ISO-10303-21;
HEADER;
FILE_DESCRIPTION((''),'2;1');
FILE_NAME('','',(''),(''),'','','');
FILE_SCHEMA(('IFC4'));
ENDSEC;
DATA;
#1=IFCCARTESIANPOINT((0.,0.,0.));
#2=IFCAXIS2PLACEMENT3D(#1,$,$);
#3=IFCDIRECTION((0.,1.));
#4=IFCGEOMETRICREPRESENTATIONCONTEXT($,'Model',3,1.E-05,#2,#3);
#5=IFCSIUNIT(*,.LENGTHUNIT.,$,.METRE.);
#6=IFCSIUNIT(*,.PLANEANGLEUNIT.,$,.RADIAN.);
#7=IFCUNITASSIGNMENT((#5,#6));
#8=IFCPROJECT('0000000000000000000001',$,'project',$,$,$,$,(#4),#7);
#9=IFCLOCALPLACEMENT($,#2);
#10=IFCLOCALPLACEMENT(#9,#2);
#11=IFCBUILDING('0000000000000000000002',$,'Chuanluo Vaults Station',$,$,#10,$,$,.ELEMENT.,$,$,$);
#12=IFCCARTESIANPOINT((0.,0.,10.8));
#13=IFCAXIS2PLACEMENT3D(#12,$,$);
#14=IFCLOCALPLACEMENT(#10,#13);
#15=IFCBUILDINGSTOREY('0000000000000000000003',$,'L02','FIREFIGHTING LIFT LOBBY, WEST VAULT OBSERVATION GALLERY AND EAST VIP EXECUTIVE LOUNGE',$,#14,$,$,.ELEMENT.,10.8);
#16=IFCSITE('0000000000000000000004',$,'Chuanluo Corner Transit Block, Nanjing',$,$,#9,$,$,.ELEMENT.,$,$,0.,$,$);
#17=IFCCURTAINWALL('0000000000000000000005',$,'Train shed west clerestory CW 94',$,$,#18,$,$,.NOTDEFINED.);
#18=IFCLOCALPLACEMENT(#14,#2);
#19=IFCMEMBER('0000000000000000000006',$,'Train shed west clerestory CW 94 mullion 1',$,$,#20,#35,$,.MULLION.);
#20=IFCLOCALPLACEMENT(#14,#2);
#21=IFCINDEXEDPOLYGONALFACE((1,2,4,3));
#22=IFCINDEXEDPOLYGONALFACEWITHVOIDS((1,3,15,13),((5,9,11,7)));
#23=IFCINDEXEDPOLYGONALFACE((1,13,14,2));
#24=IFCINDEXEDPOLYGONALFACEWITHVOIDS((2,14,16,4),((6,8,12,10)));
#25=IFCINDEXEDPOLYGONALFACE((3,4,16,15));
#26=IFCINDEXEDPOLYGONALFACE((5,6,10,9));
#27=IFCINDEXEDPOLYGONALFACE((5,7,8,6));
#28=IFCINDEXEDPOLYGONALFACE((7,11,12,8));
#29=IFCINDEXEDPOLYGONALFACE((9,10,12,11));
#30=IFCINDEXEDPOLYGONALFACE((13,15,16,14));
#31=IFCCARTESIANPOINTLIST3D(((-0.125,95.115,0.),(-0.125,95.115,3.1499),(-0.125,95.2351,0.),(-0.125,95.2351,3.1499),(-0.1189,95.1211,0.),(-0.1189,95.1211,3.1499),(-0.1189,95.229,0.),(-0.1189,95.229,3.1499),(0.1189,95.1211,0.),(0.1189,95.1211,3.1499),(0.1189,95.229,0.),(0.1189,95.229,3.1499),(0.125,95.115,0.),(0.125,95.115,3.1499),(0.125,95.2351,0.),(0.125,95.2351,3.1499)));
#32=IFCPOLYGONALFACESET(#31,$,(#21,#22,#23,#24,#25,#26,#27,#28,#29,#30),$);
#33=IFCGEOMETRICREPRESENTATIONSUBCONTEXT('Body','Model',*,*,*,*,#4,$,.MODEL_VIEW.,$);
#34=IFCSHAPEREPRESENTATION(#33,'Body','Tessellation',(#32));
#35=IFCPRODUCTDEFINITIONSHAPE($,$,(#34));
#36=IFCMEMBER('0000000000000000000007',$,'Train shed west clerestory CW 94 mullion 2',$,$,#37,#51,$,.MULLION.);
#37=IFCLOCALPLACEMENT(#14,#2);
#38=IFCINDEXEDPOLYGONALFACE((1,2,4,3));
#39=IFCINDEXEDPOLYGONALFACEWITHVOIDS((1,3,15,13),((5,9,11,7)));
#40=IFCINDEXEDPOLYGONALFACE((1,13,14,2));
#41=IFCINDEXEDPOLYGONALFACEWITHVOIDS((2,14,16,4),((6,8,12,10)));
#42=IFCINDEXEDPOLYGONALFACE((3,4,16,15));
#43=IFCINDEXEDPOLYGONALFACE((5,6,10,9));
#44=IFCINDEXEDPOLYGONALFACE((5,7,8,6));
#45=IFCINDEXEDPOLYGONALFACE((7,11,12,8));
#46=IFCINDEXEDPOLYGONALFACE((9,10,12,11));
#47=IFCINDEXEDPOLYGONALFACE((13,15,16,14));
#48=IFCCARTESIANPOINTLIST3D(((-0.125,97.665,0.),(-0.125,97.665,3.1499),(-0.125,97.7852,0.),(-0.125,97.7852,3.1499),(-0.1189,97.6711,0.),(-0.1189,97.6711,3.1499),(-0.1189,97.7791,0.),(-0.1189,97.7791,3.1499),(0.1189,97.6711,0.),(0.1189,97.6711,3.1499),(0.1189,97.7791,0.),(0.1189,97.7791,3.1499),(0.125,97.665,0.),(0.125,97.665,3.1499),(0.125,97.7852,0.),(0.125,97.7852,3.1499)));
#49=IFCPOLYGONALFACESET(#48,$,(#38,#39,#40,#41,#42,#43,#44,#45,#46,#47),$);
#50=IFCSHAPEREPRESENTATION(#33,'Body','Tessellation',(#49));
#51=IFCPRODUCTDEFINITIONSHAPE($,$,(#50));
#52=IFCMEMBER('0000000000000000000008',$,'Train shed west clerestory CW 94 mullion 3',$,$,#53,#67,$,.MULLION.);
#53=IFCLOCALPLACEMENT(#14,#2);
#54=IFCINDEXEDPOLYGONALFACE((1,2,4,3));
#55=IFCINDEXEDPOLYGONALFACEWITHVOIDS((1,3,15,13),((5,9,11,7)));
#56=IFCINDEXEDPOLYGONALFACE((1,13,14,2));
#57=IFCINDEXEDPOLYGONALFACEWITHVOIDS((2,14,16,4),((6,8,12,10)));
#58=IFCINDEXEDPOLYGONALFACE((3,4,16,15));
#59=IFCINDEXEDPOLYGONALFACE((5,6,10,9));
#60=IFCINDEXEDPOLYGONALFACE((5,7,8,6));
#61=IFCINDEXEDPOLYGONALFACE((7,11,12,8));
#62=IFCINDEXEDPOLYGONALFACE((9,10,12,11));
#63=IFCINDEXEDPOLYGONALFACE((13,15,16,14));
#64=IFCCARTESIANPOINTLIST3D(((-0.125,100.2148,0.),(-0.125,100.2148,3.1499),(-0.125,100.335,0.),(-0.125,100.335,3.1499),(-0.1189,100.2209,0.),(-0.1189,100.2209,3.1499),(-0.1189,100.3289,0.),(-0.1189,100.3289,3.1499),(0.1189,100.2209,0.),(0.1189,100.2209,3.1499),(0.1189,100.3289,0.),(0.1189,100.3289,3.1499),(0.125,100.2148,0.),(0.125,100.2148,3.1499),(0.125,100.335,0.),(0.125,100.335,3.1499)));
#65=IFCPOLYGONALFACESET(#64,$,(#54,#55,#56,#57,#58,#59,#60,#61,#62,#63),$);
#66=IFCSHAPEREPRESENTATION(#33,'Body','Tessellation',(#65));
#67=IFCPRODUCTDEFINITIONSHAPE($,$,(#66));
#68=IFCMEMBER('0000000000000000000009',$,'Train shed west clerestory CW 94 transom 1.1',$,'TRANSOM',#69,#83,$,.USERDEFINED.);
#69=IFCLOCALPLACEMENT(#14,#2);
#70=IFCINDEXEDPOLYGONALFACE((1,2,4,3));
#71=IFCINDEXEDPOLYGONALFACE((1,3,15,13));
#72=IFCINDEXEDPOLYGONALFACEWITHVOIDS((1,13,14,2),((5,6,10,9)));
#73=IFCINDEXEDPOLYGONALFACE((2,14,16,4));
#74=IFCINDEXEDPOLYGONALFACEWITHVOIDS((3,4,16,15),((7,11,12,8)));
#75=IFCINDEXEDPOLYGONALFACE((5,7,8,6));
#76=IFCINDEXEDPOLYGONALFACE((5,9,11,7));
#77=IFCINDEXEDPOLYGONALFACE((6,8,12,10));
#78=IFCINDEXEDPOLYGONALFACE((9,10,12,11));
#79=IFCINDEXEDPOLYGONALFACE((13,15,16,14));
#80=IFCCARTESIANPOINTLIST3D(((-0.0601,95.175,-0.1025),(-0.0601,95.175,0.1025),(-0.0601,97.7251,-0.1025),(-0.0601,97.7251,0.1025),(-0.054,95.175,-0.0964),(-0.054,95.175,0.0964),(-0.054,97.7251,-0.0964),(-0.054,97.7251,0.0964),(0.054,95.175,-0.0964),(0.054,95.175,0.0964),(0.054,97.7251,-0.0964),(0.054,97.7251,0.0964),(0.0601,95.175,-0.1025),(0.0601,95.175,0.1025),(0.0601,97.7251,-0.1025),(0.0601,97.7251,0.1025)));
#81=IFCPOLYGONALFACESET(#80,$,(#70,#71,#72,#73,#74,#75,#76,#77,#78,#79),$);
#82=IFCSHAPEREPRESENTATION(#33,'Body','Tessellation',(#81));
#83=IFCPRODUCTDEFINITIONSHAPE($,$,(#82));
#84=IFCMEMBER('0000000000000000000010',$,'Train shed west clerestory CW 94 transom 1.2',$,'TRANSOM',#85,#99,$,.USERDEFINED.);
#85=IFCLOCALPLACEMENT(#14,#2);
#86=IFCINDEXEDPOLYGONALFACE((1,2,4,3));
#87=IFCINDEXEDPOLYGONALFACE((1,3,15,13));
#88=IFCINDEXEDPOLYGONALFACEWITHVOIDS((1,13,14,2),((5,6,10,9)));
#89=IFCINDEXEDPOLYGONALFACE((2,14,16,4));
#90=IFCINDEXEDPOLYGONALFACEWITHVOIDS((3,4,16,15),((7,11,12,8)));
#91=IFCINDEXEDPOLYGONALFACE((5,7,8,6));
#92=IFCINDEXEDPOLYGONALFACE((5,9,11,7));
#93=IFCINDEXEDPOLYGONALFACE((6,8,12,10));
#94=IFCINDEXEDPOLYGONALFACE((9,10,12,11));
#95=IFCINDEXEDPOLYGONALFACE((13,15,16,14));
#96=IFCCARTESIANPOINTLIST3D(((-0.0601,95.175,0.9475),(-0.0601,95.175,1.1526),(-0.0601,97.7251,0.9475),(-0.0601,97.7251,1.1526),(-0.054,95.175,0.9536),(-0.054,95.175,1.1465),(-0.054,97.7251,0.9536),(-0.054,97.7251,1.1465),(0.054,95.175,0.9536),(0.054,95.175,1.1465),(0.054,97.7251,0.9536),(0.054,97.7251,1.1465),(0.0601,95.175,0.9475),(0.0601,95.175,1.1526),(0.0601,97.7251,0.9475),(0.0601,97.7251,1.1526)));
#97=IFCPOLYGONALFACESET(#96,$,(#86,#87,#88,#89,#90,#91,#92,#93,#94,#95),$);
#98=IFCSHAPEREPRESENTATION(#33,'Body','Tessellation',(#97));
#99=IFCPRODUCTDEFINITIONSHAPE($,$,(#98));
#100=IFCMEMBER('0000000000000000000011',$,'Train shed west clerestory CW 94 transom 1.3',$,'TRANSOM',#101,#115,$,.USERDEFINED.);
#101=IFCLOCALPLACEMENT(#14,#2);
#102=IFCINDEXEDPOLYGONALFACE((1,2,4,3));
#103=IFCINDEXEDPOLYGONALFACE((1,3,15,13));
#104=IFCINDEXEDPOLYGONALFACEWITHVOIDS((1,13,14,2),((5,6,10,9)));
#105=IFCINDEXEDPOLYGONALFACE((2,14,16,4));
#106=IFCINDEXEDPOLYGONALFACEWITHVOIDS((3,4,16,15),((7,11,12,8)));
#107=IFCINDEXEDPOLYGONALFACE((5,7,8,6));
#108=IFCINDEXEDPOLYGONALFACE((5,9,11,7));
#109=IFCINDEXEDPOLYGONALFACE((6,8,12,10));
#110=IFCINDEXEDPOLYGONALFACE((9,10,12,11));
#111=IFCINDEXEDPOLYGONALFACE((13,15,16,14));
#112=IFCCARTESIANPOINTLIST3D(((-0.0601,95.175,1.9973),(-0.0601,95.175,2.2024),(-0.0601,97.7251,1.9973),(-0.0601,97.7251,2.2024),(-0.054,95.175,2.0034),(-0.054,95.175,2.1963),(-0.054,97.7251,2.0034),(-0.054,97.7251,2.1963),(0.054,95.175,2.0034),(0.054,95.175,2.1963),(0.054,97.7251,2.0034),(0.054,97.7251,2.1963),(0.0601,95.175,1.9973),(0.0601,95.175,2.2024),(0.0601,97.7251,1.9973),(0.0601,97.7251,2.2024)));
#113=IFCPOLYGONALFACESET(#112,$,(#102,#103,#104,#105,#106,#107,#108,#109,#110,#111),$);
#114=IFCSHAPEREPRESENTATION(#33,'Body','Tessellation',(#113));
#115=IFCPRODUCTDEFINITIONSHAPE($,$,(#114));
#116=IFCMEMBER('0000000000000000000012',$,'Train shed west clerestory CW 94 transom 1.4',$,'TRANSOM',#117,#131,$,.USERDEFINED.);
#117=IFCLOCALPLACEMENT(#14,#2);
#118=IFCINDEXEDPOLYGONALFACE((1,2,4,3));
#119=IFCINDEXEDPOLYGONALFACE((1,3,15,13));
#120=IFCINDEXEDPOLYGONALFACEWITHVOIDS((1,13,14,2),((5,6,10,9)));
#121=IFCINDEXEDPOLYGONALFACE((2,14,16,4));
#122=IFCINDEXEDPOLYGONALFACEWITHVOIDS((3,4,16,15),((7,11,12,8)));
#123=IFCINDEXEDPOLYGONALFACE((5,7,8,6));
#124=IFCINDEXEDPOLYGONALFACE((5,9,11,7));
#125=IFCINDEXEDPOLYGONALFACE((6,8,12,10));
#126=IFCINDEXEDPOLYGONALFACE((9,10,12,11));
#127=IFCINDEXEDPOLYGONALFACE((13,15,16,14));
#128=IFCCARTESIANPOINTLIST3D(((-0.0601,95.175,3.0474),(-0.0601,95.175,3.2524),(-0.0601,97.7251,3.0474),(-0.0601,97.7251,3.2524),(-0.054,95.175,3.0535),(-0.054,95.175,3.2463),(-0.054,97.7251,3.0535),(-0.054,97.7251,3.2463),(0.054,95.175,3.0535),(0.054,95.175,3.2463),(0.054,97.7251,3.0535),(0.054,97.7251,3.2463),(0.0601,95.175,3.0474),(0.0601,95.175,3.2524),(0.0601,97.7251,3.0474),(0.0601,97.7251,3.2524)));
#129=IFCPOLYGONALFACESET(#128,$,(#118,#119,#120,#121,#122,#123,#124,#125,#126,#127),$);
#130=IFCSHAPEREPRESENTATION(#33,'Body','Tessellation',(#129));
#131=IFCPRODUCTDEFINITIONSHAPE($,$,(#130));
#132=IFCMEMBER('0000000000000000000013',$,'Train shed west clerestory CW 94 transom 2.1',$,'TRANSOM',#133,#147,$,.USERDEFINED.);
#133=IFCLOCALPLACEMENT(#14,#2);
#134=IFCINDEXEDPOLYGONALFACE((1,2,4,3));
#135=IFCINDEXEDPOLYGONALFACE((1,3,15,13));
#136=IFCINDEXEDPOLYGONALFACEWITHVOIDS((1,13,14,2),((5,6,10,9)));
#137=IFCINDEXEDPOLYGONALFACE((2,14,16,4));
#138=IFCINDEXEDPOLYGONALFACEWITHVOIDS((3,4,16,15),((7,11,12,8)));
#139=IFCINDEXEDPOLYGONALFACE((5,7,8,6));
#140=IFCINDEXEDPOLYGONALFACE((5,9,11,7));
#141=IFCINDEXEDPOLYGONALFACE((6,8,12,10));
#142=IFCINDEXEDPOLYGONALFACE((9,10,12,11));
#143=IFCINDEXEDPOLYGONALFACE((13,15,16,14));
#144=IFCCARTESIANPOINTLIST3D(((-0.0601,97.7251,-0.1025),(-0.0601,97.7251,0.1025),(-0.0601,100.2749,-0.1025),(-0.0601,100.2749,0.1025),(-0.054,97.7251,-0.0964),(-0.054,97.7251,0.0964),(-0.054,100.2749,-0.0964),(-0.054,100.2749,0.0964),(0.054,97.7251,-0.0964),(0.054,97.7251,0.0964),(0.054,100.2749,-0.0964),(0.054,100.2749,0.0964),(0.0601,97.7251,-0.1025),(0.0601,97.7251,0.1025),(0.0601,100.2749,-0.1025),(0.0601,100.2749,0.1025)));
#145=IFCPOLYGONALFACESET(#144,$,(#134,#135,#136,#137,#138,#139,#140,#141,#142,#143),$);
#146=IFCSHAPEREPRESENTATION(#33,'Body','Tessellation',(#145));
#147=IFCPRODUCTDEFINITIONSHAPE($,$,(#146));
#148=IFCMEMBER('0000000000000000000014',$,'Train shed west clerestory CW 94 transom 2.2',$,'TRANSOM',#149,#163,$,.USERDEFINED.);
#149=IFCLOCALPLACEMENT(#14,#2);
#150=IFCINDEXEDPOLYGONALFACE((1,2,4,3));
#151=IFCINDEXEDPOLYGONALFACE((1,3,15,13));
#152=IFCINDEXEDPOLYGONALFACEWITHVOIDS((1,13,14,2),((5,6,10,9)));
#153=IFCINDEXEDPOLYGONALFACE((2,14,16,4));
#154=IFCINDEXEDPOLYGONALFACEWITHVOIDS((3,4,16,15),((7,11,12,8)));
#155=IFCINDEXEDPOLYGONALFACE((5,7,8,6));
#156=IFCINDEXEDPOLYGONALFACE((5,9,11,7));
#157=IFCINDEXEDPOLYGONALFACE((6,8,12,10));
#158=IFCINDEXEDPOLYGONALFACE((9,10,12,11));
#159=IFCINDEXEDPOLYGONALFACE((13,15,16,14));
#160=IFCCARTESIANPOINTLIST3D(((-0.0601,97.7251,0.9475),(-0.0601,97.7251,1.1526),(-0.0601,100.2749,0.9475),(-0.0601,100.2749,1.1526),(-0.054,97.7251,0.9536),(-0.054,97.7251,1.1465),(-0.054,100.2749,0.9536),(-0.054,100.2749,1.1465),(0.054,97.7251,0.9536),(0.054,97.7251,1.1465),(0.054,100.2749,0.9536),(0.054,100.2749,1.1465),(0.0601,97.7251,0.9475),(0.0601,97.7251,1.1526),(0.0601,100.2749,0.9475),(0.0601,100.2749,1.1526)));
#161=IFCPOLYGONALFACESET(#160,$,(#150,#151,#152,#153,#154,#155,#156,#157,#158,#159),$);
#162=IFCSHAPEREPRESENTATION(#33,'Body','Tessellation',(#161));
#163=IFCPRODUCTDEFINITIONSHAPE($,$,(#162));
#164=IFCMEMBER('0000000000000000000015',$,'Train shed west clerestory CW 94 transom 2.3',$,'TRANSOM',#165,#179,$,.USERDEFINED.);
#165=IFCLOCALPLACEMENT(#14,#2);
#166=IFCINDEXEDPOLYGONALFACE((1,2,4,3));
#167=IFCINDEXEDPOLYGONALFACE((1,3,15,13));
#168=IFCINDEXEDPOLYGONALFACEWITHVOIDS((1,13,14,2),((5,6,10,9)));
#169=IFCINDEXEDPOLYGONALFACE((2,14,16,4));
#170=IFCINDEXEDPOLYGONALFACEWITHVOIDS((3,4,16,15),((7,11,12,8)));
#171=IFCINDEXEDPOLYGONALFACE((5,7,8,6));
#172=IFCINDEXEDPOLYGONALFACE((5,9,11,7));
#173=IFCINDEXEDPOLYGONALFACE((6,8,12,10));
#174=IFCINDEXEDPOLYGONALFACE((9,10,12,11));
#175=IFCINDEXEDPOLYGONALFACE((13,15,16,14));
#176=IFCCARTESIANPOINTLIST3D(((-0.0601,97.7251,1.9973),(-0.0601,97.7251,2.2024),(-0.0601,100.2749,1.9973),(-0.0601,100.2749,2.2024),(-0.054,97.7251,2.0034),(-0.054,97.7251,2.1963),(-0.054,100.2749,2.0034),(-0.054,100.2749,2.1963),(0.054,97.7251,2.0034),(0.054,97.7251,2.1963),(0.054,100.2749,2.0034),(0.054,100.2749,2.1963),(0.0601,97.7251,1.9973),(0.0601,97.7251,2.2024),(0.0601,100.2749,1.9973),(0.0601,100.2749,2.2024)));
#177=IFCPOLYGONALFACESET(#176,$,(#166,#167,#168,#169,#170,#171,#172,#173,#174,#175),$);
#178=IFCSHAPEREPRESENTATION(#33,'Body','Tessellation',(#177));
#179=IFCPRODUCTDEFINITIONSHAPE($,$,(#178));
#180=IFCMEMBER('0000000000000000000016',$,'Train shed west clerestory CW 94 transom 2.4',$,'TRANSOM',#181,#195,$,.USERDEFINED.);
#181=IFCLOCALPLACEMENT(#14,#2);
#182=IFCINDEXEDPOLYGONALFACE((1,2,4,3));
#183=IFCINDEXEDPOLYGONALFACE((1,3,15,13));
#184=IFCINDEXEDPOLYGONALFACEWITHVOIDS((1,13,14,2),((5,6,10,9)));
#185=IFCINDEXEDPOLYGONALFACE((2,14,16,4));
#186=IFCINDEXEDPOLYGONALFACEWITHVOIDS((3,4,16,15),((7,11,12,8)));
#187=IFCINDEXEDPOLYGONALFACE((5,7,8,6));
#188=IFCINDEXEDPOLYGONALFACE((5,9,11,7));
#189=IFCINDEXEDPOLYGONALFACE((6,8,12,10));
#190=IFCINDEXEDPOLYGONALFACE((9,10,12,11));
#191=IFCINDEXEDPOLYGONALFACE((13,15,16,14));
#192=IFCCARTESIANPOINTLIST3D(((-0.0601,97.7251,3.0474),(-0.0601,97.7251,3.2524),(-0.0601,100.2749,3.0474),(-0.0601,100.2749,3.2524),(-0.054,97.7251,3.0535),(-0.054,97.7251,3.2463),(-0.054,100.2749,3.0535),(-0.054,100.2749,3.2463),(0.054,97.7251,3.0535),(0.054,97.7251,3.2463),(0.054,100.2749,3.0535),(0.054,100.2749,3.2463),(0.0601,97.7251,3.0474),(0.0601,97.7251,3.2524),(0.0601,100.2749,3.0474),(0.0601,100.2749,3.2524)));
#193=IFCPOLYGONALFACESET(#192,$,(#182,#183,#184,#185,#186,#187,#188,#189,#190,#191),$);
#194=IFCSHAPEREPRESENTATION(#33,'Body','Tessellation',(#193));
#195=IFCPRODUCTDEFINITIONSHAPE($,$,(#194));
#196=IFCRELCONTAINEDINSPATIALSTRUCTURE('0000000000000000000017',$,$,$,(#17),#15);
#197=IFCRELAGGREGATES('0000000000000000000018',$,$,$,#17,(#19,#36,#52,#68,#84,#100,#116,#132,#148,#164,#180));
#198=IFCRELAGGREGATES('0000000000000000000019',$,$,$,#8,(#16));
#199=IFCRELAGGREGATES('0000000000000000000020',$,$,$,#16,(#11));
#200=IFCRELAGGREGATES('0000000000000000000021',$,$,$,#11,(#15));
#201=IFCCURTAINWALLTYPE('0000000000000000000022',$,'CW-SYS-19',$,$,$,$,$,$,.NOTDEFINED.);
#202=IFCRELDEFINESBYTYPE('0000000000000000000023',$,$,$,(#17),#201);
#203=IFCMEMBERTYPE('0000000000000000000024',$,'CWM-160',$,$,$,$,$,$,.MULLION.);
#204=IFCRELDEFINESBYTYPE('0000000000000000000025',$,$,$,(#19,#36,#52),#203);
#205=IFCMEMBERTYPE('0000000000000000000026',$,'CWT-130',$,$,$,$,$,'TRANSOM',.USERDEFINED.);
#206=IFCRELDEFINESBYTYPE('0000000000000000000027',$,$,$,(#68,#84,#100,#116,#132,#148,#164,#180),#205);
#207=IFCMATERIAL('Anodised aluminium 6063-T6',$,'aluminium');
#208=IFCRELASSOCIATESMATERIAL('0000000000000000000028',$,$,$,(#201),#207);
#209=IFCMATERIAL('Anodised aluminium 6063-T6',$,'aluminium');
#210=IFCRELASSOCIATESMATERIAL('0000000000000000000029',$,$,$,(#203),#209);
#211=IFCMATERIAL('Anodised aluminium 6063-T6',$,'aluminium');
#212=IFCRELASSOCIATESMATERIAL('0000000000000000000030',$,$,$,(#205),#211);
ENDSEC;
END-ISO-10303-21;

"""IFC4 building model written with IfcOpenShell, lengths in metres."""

from ifc_helpers import new_model, si_unit, direction, frame, origin, origin_2d, place, context, subcontext, project, spatial, hollow_rectangle, extrude, material, material_profile, profile_set, type_object, element, aggregate, save


model = new_model("IFC4")

# Units and contexts
model_context = context("Model", 3, precision=1e-05, world=origin(), true_north=direction((0.0, 1.0)))
body_context = subcontext(model_context, "Body", "Model", "MODEL_VIEW")
ifc_project = project(units=[si_unit("LENGTHUNIT", "METRE"), si_unit("PLANEANGLEUNIT", "RADIAN")], contexts=[model_context])

# Site, building, storey
site_placement = place(None, origin())
site = spatial("IfcSite", under=ifc_project, at=site_placement, Name="Chuanluo Corner Transit Block, Nanjing", CompositionType="ELEMENT", RefElevation=0.0)
building_placement = place(site_placement, origin())
building = spatial("IfcBuilding", under=site, at=building_placement, Name="Chuanluo Vaults Station", CompositionType="ELEMENT")
storey_placement = place(building_placement, frame((0.0, 0.0, 10.8)))
storey = spatial("IfcBuildingStorey", under=building, at=storey_placement, Name="L02", Description="FIREFIGHTING LIFT LOBBY, WEST VAULT OBSERVATION GALLERY AND EAST VIP EXECUTIVE LOUNGE", CompositionType="ELEMENT", Elevation=10.8)

# Curtain wall, members
ifc_material_1 = material(Name="Anodised aluminium 6063-T6", Category="aluminium")
curtain_wall_type = type_object("IfcCurtainWallType", Name="CW-SYS-19", PredefinedType="NOTDEFINED", material=ifc_material_1)
curtain_wall_placement = place(storey_placement, origin())
curtain_wall = element("IfcCurtainWall", 1, at=curtain_wall_placement, inside=storey, type_object=curtain_wall_type, Name="Train shed west clerestory CW 94", PredefinedType="NOTDEFINED")
ifc_material_2 = material(Name="Anodised aluminium 6063-T6", Category="aluminium")
ifc_material_profile_1 = material_profile(ifc_material_2, hollow_rectangle(XDim=0.1201, YDim=0.25, WallThickness=0.0061, at=origin_2d()))
ifc_profile_set_1 = profile_set([ifc_material_profile_1], Name="Anodised aluminium 6063-T6")
member_type_1 = type_object("IfcMemberType", Name="CWM-160", PredefinedType="MULLION", material=ifc_profile_set_1)
member_1_placement = place(storey_placement, frame((0.0, 95.175, 0.0), z_axis=(0.0, 0.0, 1.0), x_axis=(0.0, 1.0, 0.0)))
member_1 = element("IfcMember", 2, at=member_1_placement, type_object=member_type_1, Name="Train shed west clerestory CW 94 mullion 1", PredefinedType="MULLION", context=body_context, shape_type="SweptSolid", body=[
    extrude(hollow_rectangle(XDim=0.1201, YDim=0.25, WallThickness=0.0061, at=origin_2d()), origin(), (0.0, 0.0, 1.0), 3.1499),
])
member_2_placement = place(storey_placement, frame((0.0, 97.7251, 0.0), z_axis=(0.0, 0.0, 1.0), x_axis=(0.0, 1.0, 0.0)))
member_2 = element("IfcMember", 3, at=member_2_placement, type_object=member_type_1, Name="Train shed west clerestory CW 94 mullion 2", PredefinedType="MULLION", context=body_context, shape_type="SweptSolid", body=[
    extrude(hollow_rectangle(XDim=0.1201, YDim=0.25, WallThickness=0.0061, at=origin_2d()), origin(), (0.0, 0.0, 1.0), 3.1499),
])
member_3_placement = place(storey_placement, frame((0.0, 100.2749, 0.0), z_axis=(0.0, 0.0, 1.0), x_axis=(0.0, 1.0, 0.0)))
member_3 = element("IfcMember", 4, at=member_3_placement, type_object=member_type_1, Name="Train shed west clerestory CW 94 mullion 3", PredefinedType="MULLION", context=body_context, shape_type="SweptSolid", body=[
    extrude(hollow_rectangle(XDim=0.1201, YDim=0.25, WallThickness=0.0061, at=origin_2d()), origin(), (0.0, 0.0, 1.0), 3.1499),
])
ifc_material_3 = material(Name="Anodised aluminium 6063-T6", Category="aluminium")
ifc_material_profile_2 = material_profile(ifc_material_3, hollow_rectangle(XDim=0.1201, YDim=0.2051, WallThickness=0.0061, at=origin_2d()))
ifc_profile_set_2 = profile_set([ifc_material_profile_2], Name="Anodised aluminium 6063-T6")
member_type_2 = type_object("IfcMemberType", Name="CWT-130", ElementType="TRANSOM", PredefinedType="USERDEFINED", material=ifc_profile_set_2)
member_4_placement = place(storey_placement, frame((0.0, 95.175, 0.0), z_axis=(0.0, 1.0, 0.0), x_axis=(-1.0, 0.0, 0.0)))
member_4 = element("IfcMember", 5, at=member_4_placement, type_object=member_type_2, Name="Train shed west clerestory CW 94 transom 1.1", ObjectType="TRANSOM", PredefinedType="USERDEFINED", context=body_context, shape_type="SweptSolid", body=[
    extrude(hollow_rectangle(XDim=0.1201, YDim=0.2051, WallThickness=0.0061, at=origin_2d()), origin(), (0.0, 0.0, 1.0), 2.55),
])
member_5_placement = place(storey_placement, frame((0.0, 95.175, 1.05), z_axis=(0.0, 1.0, 0.0), x_axis=(-1.0, 0.0, 0.0)))
member_5 = element("IfcMember", 6, at=member_5_placement, type_object=member_type_2, Name="Train shed west clerestory CW 94 transom 1.2", ObjectType="TRANSOM", PredefinedType="USERDEFINED", context=body_context, shape_type="SweptSolid", body=[
    extrude(hollow_rectangle(XDim=0.1201, YDim=0.2051, WallThickness=0.0061, at=origin_2d()), origin(), (0.0, 0.0, 1.0), 2.55),
])
member_6_placement = place(storey_placement, frame((0.0, 95.175, 2.0999), z_axis=(0.0, 1.0, 0.0), x_axis=(-1.0, 0.0, 0.0)))
member_6 = element("IfcMember", 7, at=member_6_placement, type_object=member_type_2, Name="Train shed west clerestory CW 94 transom 1.3", ObjectType="TRANSOM", PredefinedType="USERDEFINED", context=body_context, shape_type="SweptSolid", body=[
    extrude(hollow_rectangle(XDim=0.1201, YDim=0.2051, WallThickness=0.0061, at=origin_2d()), origin(), (0.0, 0.0, 1.0), 2.55),
])
member_7_placement = place(storey_placement, frame((0.0, 95.175, 3.1499), z_axis=(0.0, 1.0, 0.0), x_axis=(-1.0, 0.0, 0.0)))
member_7 = element("IfcMember", 8, at=member_7_placement, type_object=member_type_2, Name="Train shed west clerestory CW 94 transom 1.4", ObjectType="TRANSOM", PredefinedType="USERDEFINED", context=body_context, shape_type="SweptSolid", body=[
    extrude(hollow_rectangle(XDim=0.1201, YDim=0.2051, WallThickness=0.0061, at=origin_2d()), origin(), (0.0, 0.0, 1.0), 2.55),
])
member_8_placement = place(storey_placement, frame((0.0, 97.7251, 0.0), z_axis=(0.0, 1.0, 0.0), x_axis=(-1.0, 0.0, 0.0)))
member_8 = element("IfcMember", 9, at=member_8_placement, type_object=member_type_2, Name="Train shed west clerestory CW 94 transom 2.1", ObjectType="TRANSOM", PredefinedType="USERDEFINED", context=body_context, shape_type="SweptSolid", body=[
    extrude(hollow_rectangle(XDim=0.1201, YDim=0.2051, WallThickness=0.0061, at=origin_2d()), origin(), (0.0, 0.0, 1.0), 2.5498),
])
member_9_placement = place(storey_placement, frame((0.0, 97.7251, 1.05), z_axis=(0.0, 1.0, 0.0), x_axis=(-1.0, 0.0, 0.0)))
member_9 = element("IfcMember", 10, at=member_9_placement, type_object=member_type_2, Name="Train shed west clerestory CW 94 transom 2.2", ObjectType="TRANSOM", PredefinedType="USERDEFINED", context=body_context, shape_type="SweptSolid", body=[
    extrude(hollow_rectangle(XDim=0.1201, YDim=0.2051, WallThickness=0.0061, at=origin_2d()), origin(), (0.0, 0.0, 1.0), 2.5498),
])
member_10_placement = place(storey_placement, frame((0.0, 97.7251, 2.0999), z_axis=(0.0, 1.0, 0.0), x_axis=(-1.0, 0.0, 0.0)))
member_10 = element("IfcMember", 11, at=member_10_placement, type_object=member_type_2, Name="Train shed west clerestory CW 94 transom 2.3", ObjectType="TRANSOM", PredefinedType="USERDEFINED", context=body_context, shape_type="SweptSolid", body=[
    extrude(hollow_rectangle(XDim=0.1201, YDim=0.2051, WallThickness=0.0061, at=origin_2d()), origin(), (0.0, 0.0, 1.0), 2.5498),
])
member_11_placement = place(storey_placement, frame((0.0, 97.7251, 3.1499), z_axis=(0.0, 1.0, 0.0), x_axis=(-1.0, 0.0, 0.0)))
member_11 = element("IfcMember", 12, at=member_11_placement, type_object=member_type_2, Name="Train shed west clerestory CW 94 transom 2.4", ObjectType="TRANSOM", PredefinedType="USERDEFINED", context=body_context, shape_type="SweptSolid", body=[
    extrude(hollow_rectangle(XDim=0.1201, YDim=0.2051, WallThickness=0.0061, at=origin_2d()), origin(), (0.0, 0.0, 1.0), 2.5498),
])
aggregate(curtain_wall, [member_1, member_2, member_3, member_4, member_5, member_6, member_7, member_8, member_9, member_10, member_11])

save(model, "model.ifc")
